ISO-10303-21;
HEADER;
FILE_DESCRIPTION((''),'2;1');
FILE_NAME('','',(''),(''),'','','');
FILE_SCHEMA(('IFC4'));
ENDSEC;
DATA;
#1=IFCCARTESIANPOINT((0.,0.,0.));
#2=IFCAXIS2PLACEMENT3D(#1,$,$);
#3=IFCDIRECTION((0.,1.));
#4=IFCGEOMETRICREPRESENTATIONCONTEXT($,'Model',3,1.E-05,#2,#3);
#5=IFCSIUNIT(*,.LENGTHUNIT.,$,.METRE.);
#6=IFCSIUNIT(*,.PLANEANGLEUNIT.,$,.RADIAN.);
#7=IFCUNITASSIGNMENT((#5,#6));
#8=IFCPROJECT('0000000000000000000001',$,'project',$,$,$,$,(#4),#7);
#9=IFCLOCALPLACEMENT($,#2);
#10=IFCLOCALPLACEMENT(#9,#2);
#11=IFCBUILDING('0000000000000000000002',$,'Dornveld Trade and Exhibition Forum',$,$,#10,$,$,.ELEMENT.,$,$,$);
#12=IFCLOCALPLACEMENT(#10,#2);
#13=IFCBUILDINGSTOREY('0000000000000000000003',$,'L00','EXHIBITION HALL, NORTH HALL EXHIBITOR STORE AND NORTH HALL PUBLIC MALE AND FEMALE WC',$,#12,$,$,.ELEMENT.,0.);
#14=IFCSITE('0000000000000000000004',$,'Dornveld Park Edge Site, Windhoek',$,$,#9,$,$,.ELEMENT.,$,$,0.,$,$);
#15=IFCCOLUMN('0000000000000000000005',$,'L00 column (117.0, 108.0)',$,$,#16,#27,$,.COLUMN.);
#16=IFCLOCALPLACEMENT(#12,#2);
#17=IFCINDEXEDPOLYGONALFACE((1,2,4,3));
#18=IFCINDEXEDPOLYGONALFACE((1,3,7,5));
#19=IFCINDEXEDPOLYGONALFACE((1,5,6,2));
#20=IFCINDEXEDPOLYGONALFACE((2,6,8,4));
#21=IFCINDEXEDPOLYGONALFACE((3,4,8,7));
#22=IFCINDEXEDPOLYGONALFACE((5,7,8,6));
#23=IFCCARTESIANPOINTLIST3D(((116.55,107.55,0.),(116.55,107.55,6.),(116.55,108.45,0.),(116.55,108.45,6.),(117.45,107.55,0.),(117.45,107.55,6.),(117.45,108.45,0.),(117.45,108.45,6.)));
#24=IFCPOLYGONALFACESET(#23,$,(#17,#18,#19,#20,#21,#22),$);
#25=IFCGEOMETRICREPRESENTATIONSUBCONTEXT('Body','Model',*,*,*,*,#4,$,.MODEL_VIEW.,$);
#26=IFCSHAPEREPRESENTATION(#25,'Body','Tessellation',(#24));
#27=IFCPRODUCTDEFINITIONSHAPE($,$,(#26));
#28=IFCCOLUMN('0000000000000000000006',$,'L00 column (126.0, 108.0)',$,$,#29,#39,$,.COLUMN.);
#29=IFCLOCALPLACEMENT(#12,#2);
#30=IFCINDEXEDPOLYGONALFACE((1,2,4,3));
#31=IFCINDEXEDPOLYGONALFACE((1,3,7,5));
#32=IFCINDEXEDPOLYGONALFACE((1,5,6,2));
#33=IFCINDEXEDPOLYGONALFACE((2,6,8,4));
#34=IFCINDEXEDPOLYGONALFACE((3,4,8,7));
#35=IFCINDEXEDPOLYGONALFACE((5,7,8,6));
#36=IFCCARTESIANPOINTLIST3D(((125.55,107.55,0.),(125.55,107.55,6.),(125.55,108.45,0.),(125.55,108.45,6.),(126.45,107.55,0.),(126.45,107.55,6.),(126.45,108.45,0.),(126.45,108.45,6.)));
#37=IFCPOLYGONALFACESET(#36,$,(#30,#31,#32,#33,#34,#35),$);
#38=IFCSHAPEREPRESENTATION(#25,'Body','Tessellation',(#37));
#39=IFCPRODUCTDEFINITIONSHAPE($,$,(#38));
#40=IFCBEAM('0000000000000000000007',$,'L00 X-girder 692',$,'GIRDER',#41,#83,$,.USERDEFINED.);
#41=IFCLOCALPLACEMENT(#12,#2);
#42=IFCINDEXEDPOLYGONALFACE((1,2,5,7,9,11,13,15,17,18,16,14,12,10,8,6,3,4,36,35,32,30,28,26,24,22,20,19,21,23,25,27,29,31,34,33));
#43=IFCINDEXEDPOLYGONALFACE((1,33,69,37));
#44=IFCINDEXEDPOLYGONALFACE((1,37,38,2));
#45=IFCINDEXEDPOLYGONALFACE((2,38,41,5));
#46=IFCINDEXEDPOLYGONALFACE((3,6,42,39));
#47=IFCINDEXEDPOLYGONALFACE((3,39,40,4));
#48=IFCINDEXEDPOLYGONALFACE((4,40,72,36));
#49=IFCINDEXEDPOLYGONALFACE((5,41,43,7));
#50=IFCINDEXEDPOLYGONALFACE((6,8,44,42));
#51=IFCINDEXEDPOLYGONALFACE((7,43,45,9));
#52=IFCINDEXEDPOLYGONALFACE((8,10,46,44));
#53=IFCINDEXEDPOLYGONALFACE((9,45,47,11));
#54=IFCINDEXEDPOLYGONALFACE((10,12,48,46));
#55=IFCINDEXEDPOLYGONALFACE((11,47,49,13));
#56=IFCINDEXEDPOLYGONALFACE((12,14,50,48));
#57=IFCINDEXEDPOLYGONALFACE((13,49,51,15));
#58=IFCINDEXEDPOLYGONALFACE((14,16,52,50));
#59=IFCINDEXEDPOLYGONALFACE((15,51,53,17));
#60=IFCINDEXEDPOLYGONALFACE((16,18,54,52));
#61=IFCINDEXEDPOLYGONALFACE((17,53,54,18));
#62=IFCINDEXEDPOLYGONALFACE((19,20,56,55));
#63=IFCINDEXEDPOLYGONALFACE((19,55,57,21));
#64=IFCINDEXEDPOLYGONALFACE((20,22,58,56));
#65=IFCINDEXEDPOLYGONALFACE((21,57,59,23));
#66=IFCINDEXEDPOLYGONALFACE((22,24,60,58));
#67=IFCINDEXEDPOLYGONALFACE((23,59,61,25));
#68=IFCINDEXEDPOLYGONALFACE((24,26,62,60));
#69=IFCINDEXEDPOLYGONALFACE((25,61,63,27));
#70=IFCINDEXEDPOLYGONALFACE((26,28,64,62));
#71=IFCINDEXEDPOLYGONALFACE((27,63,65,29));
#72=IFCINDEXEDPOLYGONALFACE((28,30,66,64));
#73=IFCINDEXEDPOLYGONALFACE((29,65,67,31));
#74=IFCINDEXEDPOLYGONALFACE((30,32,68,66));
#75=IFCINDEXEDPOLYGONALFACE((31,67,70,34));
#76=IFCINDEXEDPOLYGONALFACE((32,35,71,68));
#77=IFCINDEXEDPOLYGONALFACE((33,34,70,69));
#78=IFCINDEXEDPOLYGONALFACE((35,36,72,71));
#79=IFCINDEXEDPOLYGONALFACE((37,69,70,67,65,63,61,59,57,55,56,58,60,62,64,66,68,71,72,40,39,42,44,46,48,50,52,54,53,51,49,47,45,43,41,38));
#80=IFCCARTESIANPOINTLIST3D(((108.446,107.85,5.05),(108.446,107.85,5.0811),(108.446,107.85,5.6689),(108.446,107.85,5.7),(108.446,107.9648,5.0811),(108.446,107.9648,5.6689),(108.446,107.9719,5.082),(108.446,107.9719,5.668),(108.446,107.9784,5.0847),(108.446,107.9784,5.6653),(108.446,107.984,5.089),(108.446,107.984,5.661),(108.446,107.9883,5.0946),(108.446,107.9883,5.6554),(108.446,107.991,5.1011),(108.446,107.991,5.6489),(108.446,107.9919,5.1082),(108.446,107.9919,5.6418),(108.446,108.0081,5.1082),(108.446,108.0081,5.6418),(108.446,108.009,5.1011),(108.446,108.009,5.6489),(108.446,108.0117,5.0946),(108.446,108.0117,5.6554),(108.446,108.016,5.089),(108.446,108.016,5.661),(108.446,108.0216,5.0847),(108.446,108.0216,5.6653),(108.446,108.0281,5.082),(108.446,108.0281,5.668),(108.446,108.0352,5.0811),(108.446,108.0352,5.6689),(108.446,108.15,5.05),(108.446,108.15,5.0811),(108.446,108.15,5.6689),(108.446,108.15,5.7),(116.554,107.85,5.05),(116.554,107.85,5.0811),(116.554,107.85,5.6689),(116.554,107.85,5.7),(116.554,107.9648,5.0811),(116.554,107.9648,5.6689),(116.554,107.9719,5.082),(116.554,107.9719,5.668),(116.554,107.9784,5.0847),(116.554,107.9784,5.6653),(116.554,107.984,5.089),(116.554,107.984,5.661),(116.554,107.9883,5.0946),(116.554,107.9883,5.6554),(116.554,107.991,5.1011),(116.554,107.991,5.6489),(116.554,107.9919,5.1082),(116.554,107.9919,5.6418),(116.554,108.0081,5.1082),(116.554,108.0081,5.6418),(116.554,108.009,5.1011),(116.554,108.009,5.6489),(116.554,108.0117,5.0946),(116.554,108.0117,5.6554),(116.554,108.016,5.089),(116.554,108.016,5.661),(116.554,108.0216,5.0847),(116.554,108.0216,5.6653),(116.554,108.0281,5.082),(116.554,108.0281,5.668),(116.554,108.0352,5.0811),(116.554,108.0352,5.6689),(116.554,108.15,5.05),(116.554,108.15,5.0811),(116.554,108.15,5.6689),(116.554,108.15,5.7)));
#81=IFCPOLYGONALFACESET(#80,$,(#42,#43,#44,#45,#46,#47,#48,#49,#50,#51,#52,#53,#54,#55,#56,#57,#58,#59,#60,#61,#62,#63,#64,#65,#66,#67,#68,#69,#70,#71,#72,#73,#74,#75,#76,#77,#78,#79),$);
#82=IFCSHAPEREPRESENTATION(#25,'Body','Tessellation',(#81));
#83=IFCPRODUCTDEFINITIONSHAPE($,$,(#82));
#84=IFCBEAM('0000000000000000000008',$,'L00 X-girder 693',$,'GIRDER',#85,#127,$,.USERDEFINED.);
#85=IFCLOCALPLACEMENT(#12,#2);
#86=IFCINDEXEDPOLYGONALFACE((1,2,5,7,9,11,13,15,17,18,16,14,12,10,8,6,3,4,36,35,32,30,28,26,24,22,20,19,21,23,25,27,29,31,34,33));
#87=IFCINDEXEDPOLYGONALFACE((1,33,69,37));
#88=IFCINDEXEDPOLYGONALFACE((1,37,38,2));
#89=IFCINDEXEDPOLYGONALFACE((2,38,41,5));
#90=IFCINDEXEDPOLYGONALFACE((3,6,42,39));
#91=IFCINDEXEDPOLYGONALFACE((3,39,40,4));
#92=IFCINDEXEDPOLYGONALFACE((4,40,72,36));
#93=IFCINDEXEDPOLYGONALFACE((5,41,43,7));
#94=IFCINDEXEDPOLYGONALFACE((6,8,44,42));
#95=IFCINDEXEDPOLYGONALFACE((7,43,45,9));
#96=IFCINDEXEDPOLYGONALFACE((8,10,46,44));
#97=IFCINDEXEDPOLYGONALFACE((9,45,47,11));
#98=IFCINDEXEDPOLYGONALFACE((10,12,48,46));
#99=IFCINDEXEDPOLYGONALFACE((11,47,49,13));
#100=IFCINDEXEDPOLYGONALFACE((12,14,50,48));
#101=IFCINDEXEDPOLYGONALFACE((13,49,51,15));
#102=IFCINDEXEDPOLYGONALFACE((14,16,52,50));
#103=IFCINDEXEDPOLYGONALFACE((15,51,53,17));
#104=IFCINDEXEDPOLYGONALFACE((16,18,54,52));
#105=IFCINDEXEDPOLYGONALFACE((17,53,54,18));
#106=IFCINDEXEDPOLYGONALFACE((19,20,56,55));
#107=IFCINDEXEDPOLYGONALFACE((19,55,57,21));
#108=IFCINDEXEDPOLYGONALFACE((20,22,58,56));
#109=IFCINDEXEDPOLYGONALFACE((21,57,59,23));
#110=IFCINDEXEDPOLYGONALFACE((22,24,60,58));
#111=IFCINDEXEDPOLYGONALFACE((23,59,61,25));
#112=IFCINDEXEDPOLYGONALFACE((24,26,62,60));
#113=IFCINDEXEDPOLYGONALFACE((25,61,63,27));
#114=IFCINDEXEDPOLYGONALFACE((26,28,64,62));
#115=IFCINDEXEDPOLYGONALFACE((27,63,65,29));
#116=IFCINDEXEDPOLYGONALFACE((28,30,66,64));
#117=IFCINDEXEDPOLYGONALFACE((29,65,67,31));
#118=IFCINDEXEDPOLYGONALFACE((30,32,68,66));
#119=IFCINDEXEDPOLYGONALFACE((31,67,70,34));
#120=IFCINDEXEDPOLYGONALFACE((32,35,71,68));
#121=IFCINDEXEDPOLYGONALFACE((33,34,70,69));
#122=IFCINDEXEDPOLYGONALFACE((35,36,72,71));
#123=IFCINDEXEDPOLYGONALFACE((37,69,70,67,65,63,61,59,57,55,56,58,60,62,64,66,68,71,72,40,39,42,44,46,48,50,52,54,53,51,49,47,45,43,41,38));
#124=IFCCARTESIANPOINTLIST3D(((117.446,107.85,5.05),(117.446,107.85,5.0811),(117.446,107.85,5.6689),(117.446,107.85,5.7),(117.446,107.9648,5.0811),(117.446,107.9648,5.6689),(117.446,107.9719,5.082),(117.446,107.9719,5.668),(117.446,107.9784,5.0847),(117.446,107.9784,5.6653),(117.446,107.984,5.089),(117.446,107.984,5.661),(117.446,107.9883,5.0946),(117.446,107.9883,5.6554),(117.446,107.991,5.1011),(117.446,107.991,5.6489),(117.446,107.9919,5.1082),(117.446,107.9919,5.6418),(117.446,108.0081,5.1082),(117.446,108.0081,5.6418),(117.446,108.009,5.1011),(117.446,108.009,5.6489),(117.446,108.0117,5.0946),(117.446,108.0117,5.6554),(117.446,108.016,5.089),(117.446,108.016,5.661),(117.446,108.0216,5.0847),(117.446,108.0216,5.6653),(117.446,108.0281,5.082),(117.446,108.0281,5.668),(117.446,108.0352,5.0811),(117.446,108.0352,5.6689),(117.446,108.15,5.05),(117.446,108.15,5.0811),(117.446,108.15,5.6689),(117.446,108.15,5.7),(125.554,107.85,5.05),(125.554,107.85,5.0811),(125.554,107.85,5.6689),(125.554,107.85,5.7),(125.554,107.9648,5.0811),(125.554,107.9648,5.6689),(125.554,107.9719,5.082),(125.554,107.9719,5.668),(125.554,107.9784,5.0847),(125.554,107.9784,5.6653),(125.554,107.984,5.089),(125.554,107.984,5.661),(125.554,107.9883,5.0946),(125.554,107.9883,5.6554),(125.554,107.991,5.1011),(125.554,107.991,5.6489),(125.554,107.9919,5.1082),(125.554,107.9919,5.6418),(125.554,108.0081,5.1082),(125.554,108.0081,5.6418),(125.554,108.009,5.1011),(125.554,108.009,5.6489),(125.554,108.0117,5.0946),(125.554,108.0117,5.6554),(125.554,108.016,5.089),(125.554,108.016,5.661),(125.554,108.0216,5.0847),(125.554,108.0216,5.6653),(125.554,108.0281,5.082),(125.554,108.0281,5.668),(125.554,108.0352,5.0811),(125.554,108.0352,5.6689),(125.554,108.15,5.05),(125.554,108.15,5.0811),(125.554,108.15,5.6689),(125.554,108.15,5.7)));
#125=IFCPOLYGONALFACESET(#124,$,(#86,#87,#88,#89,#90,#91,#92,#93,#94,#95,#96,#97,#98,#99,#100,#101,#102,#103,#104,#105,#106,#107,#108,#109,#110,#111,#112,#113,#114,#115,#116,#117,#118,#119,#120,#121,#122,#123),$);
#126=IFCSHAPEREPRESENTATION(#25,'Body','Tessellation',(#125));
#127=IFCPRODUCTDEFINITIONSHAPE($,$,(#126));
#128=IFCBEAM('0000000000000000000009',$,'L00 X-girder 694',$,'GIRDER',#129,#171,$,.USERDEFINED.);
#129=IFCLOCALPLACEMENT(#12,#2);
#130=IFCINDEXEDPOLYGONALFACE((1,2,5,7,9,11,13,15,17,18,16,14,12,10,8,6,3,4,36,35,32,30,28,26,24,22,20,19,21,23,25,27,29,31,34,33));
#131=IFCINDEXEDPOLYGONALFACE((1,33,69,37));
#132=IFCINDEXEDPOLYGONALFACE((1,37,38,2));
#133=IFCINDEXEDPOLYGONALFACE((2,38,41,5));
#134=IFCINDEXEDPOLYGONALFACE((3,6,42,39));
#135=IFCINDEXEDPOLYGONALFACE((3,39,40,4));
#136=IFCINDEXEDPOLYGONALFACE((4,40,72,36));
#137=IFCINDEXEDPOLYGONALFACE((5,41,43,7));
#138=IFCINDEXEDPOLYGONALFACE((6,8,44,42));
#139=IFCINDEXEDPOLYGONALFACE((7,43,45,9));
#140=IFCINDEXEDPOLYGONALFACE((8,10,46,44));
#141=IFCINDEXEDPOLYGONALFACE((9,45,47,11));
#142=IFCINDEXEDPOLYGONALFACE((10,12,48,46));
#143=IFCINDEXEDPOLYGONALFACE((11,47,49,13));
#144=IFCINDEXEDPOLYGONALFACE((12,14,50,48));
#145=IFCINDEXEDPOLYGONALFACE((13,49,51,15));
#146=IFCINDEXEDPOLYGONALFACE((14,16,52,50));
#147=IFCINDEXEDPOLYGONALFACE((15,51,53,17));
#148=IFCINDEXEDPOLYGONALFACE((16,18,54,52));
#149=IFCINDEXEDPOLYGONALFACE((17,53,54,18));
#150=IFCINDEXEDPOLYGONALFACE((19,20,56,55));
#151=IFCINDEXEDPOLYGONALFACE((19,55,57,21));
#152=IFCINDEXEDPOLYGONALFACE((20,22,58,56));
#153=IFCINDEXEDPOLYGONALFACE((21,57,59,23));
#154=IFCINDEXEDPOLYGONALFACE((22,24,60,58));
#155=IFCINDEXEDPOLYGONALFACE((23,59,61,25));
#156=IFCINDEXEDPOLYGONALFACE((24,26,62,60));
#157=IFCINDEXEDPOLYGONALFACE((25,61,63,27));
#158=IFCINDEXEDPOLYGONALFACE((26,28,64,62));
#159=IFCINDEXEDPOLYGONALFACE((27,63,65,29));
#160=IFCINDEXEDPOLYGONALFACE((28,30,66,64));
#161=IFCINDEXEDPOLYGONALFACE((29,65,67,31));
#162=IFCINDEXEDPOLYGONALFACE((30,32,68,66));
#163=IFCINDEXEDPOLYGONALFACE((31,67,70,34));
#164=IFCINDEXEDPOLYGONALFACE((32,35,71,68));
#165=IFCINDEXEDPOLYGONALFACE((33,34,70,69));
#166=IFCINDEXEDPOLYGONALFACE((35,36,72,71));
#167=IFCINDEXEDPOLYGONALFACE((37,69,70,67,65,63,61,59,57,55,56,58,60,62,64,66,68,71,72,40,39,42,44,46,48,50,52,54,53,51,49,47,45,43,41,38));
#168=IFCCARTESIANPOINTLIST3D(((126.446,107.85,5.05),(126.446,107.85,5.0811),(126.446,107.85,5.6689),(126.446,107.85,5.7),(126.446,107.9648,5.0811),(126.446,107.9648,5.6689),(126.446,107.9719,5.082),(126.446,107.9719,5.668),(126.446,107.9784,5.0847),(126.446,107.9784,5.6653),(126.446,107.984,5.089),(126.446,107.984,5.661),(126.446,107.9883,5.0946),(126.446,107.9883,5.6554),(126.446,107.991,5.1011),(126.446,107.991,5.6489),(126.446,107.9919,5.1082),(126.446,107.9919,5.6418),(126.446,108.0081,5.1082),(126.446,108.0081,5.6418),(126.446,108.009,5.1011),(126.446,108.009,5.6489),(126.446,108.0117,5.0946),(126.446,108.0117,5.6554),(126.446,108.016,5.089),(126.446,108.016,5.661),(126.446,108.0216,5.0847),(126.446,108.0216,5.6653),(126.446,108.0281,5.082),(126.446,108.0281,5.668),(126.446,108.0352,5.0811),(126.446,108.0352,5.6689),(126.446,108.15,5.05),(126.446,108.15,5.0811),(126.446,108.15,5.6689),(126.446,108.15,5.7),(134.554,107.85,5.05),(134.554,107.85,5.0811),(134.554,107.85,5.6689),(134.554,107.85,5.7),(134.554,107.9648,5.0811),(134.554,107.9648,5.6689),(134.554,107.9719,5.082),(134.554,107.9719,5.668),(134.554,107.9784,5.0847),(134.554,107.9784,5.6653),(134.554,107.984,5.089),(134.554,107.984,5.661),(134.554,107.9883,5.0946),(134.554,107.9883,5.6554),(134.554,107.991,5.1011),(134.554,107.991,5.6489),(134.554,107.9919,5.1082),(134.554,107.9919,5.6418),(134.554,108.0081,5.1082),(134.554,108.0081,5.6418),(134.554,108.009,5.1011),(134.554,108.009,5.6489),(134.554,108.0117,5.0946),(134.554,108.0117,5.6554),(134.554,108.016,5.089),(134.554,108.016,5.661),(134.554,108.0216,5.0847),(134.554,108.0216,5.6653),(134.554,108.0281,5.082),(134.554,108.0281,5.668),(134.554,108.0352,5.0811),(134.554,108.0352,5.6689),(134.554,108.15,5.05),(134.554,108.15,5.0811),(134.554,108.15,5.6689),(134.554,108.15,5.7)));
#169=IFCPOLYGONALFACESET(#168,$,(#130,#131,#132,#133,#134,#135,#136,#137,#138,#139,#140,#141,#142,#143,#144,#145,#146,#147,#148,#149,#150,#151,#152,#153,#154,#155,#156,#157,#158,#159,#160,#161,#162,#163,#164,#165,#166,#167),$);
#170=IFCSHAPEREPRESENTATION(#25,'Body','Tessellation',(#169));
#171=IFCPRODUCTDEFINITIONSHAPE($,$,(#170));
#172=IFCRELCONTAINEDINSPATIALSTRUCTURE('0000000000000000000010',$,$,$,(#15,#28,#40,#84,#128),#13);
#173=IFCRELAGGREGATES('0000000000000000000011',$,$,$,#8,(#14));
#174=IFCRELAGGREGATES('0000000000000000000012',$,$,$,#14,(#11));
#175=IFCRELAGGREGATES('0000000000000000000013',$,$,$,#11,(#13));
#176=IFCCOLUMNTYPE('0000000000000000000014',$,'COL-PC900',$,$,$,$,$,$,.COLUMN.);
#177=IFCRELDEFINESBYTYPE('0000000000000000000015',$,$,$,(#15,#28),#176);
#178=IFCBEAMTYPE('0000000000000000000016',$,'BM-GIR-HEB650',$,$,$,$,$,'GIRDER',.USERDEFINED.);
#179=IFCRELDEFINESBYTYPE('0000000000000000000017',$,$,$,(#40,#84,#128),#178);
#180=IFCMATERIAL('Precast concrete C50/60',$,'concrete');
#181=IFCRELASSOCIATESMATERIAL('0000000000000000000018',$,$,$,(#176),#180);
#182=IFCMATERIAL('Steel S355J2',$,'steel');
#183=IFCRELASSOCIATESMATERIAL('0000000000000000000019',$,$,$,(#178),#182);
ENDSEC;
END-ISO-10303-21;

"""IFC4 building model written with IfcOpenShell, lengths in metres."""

from ifc_helpers import new_model, si_unit, direction, frame, origin, origin_2d, place, context, subcontext, project, spatial, rectangle, i_section, extrude, material, material_profile, profile_set, type_object, element, save


model = new_model("IFC4")

# Units and contexts
model_context = context("Model", 3, precision=1e-05, world=origin(), true_north=direction((0.0, 1.0)))
body_context = subcontext(model_context, "Body", "Model", "MODEL_VIEW")
ifc_project = project(units=[si_unit("LENGTHUNIT", "METRE"), si_unit("PLANEANGLEUNIT", "RADIAN")], contexts=[model_context])

# Site, building, storey
site_placement = place(None, origin())
site = spatial("IfcSite", under=ifc_project, at=site_placement, Name="Dornveld Park Edge Site, Windhoek", CompositionType="ELEMENT", RefElevation=0.0)
building_placement = place(site_placement, origin())
building = spatial("IfcBuilding", under=site, at=building_placement, Name="Dornveld Trade and Exhibition Forum", CompositionType="ELEMENT")
storey_placement = place(building_placement, origin())
storey = spatial("IfcBuildingStorey", under=building, at=storey_placement, Name="L00", Description="EXHIBITION HALL, NORTH HALL EXHIBITOR STORE AND NORTH HALL PUBLIC MALE AND FEMALE WC", CompositionType="ELEMENT", Elevation=0.0)

# Columns
ifc_material_1 = material(Name="Precast concrete C50/60", Category="concrete")
ifc_material_profile_1 = material_profile(ifc_material_1, rectangle(XDim=0.8999, YDim=0.8999, at=origin_2d()), Name="PC-COL 900x900")
ifc_profile_set_1 = profile_set([ifc_material_profile_1], Name="Precast concrete C50/60")
column_type = type_object("IfcColumnType", Name="COL-PC900", PredefinedType="COLUMN", material=ifc_profile_set_1)
for number, where, z_axis, x_axis, name in (
    (1, (117.0, 108.0, 0.0), (0.0, 0.0, 1.0), (1.0, 0.0, 0.0), "L00 column (117.0, 108.0)"),
    (2, (126.0, 108.0, 0.0), (0.0, 0.0, 1.0), (1.0, 0.0, 0.0), "L00 column (126.0, 108.0)"),
):
    element("IfcColumn", number, at=place(storey_placement, frame(where, z_axis=z_axis, x_axis=x_axis)), inside=storey, type_object=column_type, Name=name, PredefinedType="COLUMN", context=body_context, shape_type="SweptSolid", body=[
        extrude(rectangle(XDim=0.8999, YDim=0.8999, at=origin_2d()), origin(), (0.0, 0.0, 1.0), 6.0),
    ])

# Beams
ifc_material_2 = material(Name="Steel S355J2", Category="steel")
ifc_material_profile_2 = material_profile(ifc_material_2, i_section(OverallWidth=0.3, OverallDepth=0.6499, WebThickness=0.0161, FlangeThickness=0.031, FilletRadius=0.0271, at=origin_2d()), Name="HEB 650")
ifc_profile_set_2 = profile_set([ifc_material_profile_2], Name="Steel S355J2")
beam_type_1 = type_object("IfcBeamType", Name="BM-GIR-HEB650", ElementType="GIRDER", PredefinedType="USERDEFINED", material=ifc_profile_set_2)
for number, where, z_axis, x_axis, name in (
    (3, (108.446, 108.0, 5.375), (1.0, 0.0, 0.0), (0.0, 1.0, 0.0), "L00 X-girder 692"),
    (4, (117.446, 108.0, 5.375), (1.0, 0.0, 0.0), (0.0, 1.0, 0.0), "L00 X-girder 693"),
    (5, (126.446, 108.0, 5.375), (1.0, 0.0, 0.0), (0.0, 1.0, 0.0), "L00 X-girder 694"),
):
    element("IfcBeam", number, at=place(storey_placement, frame(where, z_axis=z_axis, x_axis=x_axis)), inside=storey, type_object=beam_type_1, Name=name, ObjectType="GIRDER", PredefinedType="USERDEFINED", context=body_context, shape_type="SweptSolid", body=[
        extrude(i_section(OverallWidth=0.3, OverallDepth=0.6499, WebThickness=0.0161, FlangeThickness=0.031, FilletRadius=0.0271, at=origin_2d()), origin(), (0.0, 0.0, 1.0), 8.1079),
    ])

save(model, "model.ifc")
